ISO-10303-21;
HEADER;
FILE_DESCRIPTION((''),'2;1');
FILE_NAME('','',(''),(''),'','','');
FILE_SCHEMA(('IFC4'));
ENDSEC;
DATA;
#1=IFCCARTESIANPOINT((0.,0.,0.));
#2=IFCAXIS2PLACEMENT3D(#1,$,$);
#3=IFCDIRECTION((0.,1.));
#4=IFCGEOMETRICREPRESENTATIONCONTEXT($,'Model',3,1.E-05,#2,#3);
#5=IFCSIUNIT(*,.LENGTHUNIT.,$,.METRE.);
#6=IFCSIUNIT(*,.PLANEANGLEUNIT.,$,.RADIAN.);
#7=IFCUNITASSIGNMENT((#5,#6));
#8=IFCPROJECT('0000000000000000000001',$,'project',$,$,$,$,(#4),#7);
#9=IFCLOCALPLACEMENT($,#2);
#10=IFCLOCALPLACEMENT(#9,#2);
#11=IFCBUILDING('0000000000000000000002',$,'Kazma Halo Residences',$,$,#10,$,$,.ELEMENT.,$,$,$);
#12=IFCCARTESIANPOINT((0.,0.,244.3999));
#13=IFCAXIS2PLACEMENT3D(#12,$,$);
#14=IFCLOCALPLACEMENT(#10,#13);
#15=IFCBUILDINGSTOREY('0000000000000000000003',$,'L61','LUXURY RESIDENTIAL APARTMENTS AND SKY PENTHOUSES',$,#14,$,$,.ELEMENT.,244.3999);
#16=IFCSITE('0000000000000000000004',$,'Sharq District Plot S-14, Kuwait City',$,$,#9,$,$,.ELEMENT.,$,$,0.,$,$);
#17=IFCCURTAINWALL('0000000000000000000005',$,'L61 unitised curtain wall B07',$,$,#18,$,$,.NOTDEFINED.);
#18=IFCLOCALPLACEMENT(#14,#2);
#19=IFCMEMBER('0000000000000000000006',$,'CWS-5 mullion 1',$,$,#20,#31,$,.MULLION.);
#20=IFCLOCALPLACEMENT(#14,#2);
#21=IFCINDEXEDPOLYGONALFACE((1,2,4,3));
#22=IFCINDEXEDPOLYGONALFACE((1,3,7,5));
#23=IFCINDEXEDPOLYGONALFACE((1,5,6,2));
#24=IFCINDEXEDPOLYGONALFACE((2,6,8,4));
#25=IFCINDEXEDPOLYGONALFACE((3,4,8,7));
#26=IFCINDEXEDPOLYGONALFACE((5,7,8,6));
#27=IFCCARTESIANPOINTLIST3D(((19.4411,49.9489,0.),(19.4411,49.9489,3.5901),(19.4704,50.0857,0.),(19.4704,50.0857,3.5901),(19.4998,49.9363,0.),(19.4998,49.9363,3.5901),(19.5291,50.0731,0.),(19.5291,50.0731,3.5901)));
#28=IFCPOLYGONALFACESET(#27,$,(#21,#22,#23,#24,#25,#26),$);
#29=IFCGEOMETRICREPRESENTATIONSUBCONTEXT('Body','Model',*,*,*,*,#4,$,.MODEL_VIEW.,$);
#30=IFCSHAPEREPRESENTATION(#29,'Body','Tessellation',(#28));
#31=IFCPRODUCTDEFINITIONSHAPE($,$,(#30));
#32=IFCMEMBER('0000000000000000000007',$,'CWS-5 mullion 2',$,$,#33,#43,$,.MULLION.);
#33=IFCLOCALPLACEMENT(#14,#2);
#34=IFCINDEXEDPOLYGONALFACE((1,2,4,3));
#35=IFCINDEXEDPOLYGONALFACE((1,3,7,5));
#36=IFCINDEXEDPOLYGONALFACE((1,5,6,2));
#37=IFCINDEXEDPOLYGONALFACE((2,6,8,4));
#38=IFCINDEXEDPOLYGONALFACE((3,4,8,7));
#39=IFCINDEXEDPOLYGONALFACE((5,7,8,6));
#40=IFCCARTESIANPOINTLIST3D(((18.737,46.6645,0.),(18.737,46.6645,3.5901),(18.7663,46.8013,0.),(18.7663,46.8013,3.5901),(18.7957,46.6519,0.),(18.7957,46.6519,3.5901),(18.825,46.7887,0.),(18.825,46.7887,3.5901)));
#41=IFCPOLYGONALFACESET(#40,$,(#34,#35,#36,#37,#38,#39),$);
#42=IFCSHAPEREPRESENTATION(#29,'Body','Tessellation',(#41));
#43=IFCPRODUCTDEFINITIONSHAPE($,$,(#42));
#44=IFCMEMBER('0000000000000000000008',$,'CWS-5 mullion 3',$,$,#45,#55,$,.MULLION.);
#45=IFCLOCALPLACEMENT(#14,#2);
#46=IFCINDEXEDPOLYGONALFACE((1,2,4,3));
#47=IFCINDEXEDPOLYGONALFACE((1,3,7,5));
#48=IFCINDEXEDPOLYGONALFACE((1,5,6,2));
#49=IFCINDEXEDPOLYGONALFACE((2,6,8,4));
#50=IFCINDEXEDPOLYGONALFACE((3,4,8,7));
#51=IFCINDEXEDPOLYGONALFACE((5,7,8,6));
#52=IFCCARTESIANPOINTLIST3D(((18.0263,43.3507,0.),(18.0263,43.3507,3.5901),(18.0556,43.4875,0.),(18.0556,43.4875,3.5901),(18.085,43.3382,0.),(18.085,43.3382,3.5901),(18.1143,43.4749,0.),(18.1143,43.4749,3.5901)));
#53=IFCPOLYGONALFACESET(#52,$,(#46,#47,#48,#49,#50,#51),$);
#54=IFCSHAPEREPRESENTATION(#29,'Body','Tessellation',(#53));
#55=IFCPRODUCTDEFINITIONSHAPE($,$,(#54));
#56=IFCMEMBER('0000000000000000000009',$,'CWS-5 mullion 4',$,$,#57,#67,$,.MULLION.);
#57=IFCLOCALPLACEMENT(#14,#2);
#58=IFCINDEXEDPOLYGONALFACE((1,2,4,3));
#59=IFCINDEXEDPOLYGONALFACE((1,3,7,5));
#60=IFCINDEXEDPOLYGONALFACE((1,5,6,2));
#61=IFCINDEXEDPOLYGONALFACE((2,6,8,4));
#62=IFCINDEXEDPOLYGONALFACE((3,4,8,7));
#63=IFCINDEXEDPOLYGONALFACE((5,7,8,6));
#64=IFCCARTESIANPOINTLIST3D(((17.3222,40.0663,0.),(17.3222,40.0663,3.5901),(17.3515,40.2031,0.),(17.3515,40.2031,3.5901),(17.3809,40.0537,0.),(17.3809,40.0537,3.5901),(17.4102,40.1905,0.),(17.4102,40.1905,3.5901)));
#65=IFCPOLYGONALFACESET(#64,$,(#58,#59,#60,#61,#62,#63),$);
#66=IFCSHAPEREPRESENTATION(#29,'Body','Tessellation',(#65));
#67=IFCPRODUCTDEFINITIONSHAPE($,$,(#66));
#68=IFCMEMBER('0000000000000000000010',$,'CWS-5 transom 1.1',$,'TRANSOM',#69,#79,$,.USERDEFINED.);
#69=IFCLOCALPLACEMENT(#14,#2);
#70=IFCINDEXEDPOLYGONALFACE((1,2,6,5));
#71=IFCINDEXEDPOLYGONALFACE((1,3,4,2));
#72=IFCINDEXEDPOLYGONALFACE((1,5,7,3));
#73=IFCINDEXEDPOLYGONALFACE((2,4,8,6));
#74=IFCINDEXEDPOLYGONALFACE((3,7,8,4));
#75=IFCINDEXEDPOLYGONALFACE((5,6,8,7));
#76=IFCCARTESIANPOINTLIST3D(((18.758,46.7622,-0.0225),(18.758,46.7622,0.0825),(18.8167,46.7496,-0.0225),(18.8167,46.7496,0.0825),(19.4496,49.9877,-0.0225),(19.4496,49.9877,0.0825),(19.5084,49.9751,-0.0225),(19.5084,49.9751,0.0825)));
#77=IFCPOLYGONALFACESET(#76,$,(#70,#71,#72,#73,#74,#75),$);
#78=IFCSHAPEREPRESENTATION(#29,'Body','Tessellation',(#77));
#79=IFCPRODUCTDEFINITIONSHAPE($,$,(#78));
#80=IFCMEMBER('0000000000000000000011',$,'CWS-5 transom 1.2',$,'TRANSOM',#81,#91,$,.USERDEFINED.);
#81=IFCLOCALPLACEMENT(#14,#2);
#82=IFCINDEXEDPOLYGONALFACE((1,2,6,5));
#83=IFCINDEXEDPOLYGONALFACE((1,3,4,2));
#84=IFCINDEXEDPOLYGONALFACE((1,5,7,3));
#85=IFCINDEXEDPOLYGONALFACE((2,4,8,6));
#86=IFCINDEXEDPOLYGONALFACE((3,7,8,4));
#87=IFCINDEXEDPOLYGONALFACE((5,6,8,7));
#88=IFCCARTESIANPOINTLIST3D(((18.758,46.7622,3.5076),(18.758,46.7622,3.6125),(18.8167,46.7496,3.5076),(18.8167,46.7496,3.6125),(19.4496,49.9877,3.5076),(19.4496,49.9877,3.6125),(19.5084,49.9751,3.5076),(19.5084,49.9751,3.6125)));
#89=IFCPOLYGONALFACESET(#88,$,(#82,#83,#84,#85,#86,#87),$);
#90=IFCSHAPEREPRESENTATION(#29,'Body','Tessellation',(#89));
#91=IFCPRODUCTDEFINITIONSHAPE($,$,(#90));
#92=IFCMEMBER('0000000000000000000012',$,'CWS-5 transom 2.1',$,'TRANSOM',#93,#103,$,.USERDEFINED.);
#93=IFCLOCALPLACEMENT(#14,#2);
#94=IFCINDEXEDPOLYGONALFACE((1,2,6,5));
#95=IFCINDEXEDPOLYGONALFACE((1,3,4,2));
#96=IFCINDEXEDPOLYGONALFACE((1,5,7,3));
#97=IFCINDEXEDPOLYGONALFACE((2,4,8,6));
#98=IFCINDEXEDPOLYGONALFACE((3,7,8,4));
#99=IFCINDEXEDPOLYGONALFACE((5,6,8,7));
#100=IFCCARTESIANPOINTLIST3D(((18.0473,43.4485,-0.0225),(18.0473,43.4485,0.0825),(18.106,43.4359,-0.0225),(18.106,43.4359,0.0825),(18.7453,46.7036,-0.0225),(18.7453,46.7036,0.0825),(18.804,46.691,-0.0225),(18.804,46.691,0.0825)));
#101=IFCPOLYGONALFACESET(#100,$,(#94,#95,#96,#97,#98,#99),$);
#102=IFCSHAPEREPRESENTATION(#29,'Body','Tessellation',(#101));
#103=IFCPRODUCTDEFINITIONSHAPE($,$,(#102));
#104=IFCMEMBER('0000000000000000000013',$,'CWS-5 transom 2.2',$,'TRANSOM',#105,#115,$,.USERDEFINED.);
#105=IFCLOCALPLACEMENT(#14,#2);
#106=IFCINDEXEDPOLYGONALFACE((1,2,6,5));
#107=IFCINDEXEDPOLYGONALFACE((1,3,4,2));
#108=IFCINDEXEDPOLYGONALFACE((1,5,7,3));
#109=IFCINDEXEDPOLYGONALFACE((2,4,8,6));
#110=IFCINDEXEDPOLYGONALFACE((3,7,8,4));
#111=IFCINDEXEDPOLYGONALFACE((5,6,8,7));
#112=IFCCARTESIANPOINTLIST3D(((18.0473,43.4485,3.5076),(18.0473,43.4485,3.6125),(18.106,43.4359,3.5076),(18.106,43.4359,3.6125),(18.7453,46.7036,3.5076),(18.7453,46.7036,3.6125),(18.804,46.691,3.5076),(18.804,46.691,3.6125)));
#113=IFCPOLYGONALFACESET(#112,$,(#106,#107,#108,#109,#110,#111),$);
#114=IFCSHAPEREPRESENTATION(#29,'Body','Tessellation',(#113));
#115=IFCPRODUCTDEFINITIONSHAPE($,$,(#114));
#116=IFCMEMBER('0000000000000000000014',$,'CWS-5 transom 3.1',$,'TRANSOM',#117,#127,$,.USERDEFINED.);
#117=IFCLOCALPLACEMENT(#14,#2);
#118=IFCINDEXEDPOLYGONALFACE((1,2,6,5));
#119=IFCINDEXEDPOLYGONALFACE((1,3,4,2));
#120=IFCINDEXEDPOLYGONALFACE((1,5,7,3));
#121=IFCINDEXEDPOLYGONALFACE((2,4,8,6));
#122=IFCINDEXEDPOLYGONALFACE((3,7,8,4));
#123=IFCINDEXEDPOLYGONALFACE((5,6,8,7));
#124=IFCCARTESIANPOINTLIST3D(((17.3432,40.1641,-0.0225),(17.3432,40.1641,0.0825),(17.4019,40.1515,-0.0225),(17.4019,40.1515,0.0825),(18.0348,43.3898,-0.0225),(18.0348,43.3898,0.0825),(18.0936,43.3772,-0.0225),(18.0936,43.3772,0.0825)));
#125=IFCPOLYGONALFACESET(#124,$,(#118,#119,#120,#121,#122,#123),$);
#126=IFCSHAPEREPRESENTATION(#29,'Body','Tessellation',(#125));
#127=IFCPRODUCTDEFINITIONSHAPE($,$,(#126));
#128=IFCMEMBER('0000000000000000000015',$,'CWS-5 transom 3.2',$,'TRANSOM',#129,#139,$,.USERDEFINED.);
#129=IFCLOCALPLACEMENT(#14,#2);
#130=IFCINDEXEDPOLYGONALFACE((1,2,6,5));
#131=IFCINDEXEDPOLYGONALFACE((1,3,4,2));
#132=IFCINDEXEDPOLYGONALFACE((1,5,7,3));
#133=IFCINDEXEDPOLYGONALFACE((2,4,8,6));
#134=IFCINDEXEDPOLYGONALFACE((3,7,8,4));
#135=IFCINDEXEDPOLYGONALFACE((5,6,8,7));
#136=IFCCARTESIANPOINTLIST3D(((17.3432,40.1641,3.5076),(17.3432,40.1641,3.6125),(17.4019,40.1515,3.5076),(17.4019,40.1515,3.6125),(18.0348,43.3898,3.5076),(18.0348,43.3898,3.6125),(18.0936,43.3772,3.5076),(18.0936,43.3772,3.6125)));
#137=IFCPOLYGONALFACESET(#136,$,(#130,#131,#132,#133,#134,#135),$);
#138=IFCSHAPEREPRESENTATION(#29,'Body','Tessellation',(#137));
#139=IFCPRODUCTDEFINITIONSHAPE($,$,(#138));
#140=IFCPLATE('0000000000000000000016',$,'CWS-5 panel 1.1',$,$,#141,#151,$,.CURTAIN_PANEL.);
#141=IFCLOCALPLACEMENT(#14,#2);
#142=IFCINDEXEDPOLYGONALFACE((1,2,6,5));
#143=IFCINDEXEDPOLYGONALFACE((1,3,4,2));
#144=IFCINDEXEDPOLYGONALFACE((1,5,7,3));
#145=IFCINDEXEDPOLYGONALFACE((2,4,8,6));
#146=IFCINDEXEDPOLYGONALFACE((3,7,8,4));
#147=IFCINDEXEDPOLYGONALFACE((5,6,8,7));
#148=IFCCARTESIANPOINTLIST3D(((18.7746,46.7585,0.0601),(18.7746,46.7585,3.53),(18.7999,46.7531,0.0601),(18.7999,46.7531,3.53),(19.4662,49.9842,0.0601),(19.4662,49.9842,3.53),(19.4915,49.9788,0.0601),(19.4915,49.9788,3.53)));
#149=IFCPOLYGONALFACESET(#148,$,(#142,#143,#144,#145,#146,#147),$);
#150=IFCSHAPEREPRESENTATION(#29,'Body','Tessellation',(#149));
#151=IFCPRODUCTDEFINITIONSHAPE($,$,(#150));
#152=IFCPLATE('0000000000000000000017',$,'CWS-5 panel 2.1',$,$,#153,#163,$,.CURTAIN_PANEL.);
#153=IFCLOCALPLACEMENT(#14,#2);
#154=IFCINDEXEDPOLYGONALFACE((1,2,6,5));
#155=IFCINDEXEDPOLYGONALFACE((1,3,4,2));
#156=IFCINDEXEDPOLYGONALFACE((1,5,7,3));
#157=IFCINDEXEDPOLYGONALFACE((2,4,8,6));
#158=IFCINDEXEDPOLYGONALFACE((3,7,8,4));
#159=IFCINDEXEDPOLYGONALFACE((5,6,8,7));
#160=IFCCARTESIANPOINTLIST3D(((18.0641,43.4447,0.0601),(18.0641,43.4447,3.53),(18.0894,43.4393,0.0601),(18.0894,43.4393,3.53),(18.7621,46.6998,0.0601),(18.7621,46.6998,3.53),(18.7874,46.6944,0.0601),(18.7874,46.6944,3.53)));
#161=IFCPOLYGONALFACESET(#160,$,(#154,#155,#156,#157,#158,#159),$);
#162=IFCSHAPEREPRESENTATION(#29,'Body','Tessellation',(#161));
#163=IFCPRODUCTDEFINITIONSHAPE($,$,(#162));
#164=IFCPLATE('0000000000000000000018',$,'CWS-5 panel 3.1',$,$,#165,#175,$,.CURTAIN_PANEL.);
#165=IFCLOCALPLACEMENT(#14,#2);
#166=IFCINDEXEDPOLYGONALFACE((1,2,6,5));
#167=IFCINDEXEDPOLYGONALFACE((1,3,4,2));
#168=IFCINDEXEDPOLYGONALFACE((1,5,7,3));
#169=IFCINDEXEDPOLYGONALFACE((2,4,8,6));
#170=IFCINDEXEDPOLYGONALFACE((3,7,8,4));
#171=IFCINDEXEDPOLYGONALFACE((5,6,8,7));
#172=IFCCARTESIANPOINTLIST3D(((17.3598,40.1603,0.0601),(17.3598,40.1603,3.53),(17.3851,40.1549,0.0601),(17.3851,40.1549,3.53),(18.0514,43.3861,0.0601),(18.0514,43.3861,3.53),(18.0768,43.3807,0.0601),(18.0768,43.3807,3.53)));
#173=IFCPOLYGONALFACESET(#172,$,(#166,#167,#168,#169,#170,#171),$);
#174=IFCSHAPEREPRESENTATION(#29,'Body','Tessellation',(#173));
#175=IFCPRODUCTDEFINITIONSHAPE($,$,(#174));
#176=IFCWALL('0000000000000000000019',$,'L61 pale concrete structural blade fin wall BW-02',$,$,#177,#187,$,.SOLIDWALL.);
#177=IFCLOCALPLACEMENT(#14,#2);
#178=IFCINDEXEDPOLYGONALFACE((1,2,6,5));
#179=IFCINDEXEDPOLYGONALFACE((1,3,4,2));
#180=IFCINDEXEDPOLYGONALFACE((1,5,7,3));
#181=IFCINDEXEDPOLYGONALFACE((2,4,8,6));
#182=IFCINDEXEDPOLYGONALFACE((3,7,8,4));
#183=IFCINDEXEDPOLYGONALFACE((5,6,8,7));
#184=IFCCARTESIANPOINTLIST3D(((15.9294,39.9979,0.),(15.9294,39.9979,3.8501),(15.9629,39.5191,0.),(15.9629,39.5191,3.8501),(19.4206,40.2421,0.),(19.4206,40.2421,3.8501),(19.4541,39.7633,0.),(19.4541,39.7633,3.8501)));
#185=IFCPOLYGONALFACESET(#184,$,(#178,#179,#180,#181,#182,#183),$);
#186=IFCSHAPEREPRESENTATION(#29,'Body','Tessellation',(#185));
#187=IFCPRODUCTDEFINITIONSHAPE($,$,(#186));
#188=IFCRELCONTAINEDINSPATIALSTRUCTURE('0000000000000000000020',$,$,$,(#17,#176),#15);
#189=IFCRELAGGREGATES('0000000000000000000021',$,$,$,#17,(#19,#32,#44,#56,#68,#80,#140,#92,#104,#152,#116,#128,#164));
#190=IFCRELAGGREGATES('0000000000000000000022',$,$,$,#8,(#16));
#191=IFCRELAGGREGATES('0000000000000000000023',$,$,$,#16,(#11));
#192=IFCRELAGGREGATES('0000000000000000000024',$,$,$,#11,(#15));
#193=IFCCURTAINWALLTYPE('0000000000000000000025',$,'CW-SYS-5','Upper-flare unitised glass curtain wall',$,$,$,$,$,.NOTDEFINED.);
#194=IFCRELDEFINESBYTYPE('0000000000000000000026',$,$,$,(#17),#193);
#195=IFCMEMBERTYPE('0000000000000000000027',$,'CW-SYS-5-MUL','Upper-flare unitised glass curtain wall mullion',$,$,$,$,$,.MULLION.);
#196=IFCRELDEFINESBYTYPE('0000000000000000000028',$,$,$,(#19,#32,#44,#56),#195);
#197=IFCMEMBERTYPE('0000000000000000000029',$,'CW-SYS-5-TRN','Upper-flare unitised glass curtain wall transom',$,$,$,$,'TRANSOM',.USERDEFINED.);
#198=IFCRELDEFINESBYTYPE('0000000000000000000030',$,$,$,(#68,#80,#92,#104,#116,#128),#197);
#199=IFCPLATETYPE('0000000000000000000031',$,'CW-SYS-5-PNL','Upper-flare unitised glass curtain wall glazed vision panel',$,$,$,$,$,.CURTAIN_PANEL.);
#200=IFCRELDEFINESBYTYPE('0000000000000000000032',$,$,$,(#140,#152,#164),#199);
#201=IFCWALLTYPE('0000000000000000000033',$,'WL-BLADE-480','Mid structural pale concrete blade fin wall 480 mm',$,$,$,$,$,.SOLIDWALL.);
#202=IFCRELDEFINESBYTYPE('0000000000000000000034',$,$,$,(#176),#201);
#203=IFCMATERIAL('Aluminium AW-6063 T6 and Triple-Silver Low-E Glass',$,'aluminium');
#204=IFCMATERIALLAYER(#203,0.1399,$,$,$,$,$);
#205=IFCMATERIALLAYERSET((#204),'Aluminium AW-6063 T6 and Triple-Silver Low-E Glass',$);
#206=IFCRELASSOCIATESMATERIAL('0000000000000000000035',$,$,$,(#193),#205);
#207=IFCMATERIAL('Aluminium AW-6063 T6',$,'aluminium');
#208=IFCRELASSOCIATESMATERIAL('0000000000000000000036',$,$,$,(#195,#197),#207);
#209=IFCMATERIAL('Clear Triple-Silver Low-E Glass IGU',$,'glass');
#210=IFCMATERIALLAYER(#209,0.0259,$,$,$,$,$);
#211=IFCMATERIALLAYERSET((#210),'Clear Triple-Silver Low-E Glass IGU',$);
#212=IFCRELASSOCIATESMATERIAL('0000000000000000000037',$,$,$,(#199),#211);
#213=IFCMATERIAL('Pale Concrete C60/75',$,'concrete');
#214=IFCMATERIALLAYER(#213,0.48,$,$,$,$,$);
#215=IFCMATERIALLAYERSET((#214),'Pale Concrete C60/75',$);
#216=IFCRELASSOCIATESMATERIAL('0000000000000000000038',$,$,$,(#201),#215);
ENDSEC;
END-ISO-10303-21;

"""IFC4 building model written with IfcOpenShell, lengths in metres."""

from ifc_helpers import new_model, si_unit, direction, frame, frame_2d, origin, origin_2d, place, context, subcontext, project, spatial, rectangle, extrude, material, layer, layer_set, material_profile, profile_set, type_object, element, aggregate, save


model = new_model("IFC4")

# Units and contexts
model_context = context("Model", 3, precision=1e-05, world=origin(), true_north=direction((0.0, 1.0)))
body_context = subcontext(model_context, "Body", "Model", "MODEL_VIEW")
ifc_project = project(units=[si_unit("LENGTHUNIT", "METRE"), si_unit("PLANEANGLEUNIT", "RADIAN")], contexts=[model_context])

# Site, building, storey
site_placement = place(None, origin())
site = spatial("IfcSite", under=ifc_project, at=site_placement, Name="Sharq District Plot S-14, Kuwait City", CompositionType="ELEMENT", RefElevation=0.0)
building_placement = place(site_placement, origin())
building = spatial("IfcBuilding", under=site, at=building_placement, Name="Kazma Halo Residences", CompositionType="ELEMENT")
storey_placement = place(building_placement, frame((0.0, 0.0, 244.3999)))
storey = spatial("IfcBuildingStorey", under=building, at=storey_placement, Name="L61", Description="LUXURY RESIDENTIAL APARTMENTS AND SKY PENTHOUSES", CompositionType="ELEMENT", Elevation=244.3999)

# Curtain wall, members, plates
ifc_material_1 = material(Name="Aluminium AW-6063 T6 and Triple-Silver Low-E Glass", Category="aluminium")
ifc_layer_1 = layer(ifc_material_1, 0.1399)
ifc_layer_set_1 = layer_set([ifc_layer_1], Name="Aluminium AW-6063 T6 and Triple-Silver Low-E Glass")
curtain_wall_type = type_object("IfcCurtainWallType", Name="CW-SYS-5", Description="Upper-flare unitised glass curtain wall", PredefinedType="NOTDEFINED", material=ifc_layer_set_1)
curtain_wall_placement = place(storey_placement, origin())
curtain_wall = element("IfcCurtainWall", 1, at=curtain_wall_placement, inside=storey, type_object=curtain_wall_type, Name="L61 unitised curtain wall B07", PredefinedType="NOTDEFINED")
ifc_material_2 = material(Name="Aluminium AW-6063 T6", Category="aluminium")
ifc_material_profile_1 = material_profile(ifc_material_2, rectangle(XDim=0.0601, YDim=0.1399, at=origin_2d()), Name="CWM-60x140")
ifc_profile_set_1 = profile_set([ifc_material_profile_1], Name="Aluminium AW-6063 T6")
member_type_1 = type_object("IfcMemberType", Name="CW-SYS-5-MUL", Description="Upper-flare unitised glass curtain wall mullion", PredefinedType="MULLION", material=ifc_profile_set_1)
member_1_placement = place(storey_placement, frame((19.4851, 50.011, 0.0), z_axis=(0.0, 0.0, 1.0), x_axis=(0.977775, -0.209657, 0.0)))
member_1 = element("IfcMember", 2, at=member_1_placement, type_object=member_type_1, Name="CWS-5 mullion 1", PredefinedType="MULLION", context=body_context, shape_type="SweptSolid", body=[
    extrude(rectangle(XDim=0.0601, YDim=0.1399, at=origin_2d()), origin(), (0.0, 0.0, 1.0), 3.5901),
])
member_2_placement = place(storey_placement, frame((18.781, 46.7266, 0.0), z_axis=(0.0, 0.0, 1.0), x_axis=(0.977775, -0.209657, 0.0)))
member_2 = element("IfcMember", 3, at=member_2_placement, type_object=member_type_1, Name="CWS-5 mullion 2", PredefinedType="MULLION", context=body_context, shape_type="SweptSolid", body=[
    extrude(rectangle(XDim=0.0601, YDim=0.1399, at=origin_2d()), origin(), (0.0, 0.0, 1.0), 3.5901),
])
member_3_placement = place(storey_placement, frame((18.0703, 43.4128, 0.0), z_axis=(0.0, 0.0, 1.0), x_axis=(0.977775, -0.209657, 0.0)))
member_3 = element("IfcMember", 4, at=member_3_placement, type_object=member_type_1, Name="CWS-5 mullion 3", PredefinedType="MULLION", context=body_context, shape_type="SweptSolid", body=[
    extrude(rectangle(XDim=0.0601, YDim=0.1399, at=origin_2d()), origin(), (0.0, 0.0, 1.0), 3.5901),
])
member_4_placement = place(storey_placement, frame((17.3662, 40.1284, 0.0), z_axis=(0.0, 0.0, 1.0), x_axis=(0.977775, -0.209657, 0.0)))
member_4 = element("IfcMember", 5, at=member_4_placement, type_object=member_type_1, Name="CWS-5 mullion 4", PredefinedType="MULLION", context=body_context, shape_type="SweptSolid", body=[
    extrude(rectangle(XDim=0.0601, YDim=0.1399, at=origin_2d()), origin(), (0.0, 0.0, 1.0), 3.5901),
])
ifc_material_profile_2 = material_profile(ifc_material_2, rectangle(XDim=0.0601, YDim=0.105, at=origin_2d()), Name="CWT-60x105")
ifc_profile_set_2 = profile_set([ifc_material_profile_2], Name="Aluminium AW-6063 T6")
member_type_2 = type_object("IfcMemberType", Name="CW-SYS-5-TRN", Description="Upper-flare unitised glass curtain wall transom", ElementType="TRANSOM", PredefinedType="USERDEFINED", material=ifc_profile_set_2)
member_5_placement = place(storey_placement, frame((19.479, 49.9814, 0.03), z_axis=(-0.20966, -0.977774, 0.0), x_axis=(0.977774, -0.20966, 0.0)))
member_5 = element("IfcMember", 6, at=member_5_placement, type_object=member_type_2, Name="CWS-5 transom 1.1", ObjectType="TRANSOM", PredefinedType="USERDEFINED", context=body_context, shape_type="SweptSolid", body=[
    extrude(rectangle(XDim=0.0601, YDim=0.105, at=origin_2d()), origin(), (0.0, 0.0, 1.0), 3.2988),
])
member_6_placement = place(storey_placement, frame((19.479, 49.9814, 3.5601), z_axis=(-0.20966, -0.977774, 0.0), x_axis=(0.977774, -0.20966, 0.0)))
member_6 = element("IfcMember", 7, at=member_6_placement, type_object=member_type_2, Name="CWS-5 transom 1.2", ObjectType="TRANSOM", PredefinedType="USERDEFINED", context=body_context, shape_type="SweptSolid", body=[
    extrude(rectangle(XDim=0.0601, YDim=0.105, at=origin_2d()), origin(), (0.0, 0.0, 1.0), 3.2988),
])
member_7_placement = place(storey_placement, frame((18.7747, 46.6973, 0.03), z_axis=(-0.209664, -0.977773, 0.0), x_axis=(0.977773, -0.209664, 0.0)))
member_7 = element("IfcMember", 8, at=member_7_placement, type_object=member_type_2, Name="CWS-5 transom 2.1", ObjectType="TRANSOM", PredefinedType="USERDEFINED", context=body_context, shape_type="SweptSolid", body=[
    extrude(rectangle(XDim=0.0601, YDim=0.105, at=origin_2d()), origin(), (0.0, 0.0, 1.0), 3.3291),
])
member_8_placement = place(storey_placement, frame((18.7747, 46.6973, 3.5601), z_axis=(-0.209664, -0.977773, 0.0), x_axis=(0.977773, -0.209664, 0.0)))
member_8 = element("IfcMember", 9, at=member_8_placement, type_object=member_type_2, Name="CWS-5 transom 2.2", ObjectType="TRANSOM", PredefinedType="USERDEFINED", context=body_context, shape_type="SweptSolid", body=[
    extrude(rectangle(XDim=0.0601, YDim=0.105, at=origin_2d()), origin(), (0.0, 0.0, 1.0), 3.3291),
])
member_9_placement = place(storey_placement, frame((18.0642, 43.3835, 0.03), z_axis=(-0.209645, -0.977777, 0.0), x_axis=(0.977777, -0.209645, 0.0)))
member_9 = element("IfcMember", 10, at=member_9_placement, type_object=member_type_2, Name="CWS-5 transom 3.1", ObjectType="TRANSOM", PredefinedType="USERDEFINED", context=body_context, shape_type="SweptSolid", body=[
    extrude(rectangle(XDim=0.0601, YDim=0.105, at=origin_2d()), origin(), (0.0, 0.0, 1.0), 3.2991),
])
member_10_placement = place(storey_placement, frame((18.0642, 43.3835, 3.5601), z_axis=(-0.209645, -0.977777, 0.0), x_axis=(0.977777, -0.209645, 0.0)))
member_10 = element("IfcMember", 11, at=member_10_placement, type_object=member_type_2, Name="CWS-5 transom 3.2", ObjectType="TRANSOM", PredefinedType="USERDEFINED", context=body_context, shape_type="SweptSolid", body=[
    extrude(rectangle(XDim=0.0601, YDim=0.105, at=origin_2d()), origin(), (0.0, 0.0, 1.0), 3.2991),
])
ifc_material_3 = material(Name="Clear Triple-Silver Low-E Glass IGU", Category="glass")
ifc_layer_2 = layer(ifc_material_3, 0.0259)
ifc_layer_set_2 = layer_set([ifc_layer_2], Name="Clear Triple-Silver Low-E Glass IGU")
plate_type = type_object("IfcPlateType", Name="CW-SYS-5-PNL", Description="Upper-flare unitised glass curtain wall glazed vision panel", PredefinedType="CURTAIN_PANEL", material=ifc_layer_set_2)
plate_1_placement = place(storey_placement, frame((19.1331, 48.3687, 0.0601), z_axis=(0.0, 0.0, 1.0), x_axis=(-0.209657, -0.977775, 0.0)))
plate_1 = element("IfcPlate", 12, at=plate_1_placement, type_object=plate_type, Name="CWS-5 panel 1.1", PredefinedType="CURTAIN_PANEL", context=body_context, shape_type="SweptSolid", body=[
    extrude(rectangle(XDim=3.2991, YDim=0.0259, at=origin_2d()), origin(), (0.0, 0.0, 1.0), 3.47),
])
plate_2_placement = place(storey_placement, frame((18.4258, 45.0696, 0.0601), z_axis=(0.0, 0.0, 1.0), x_axis=(-0.209657, -0.977775, 0.0)))
plate_2 = element("IfcPlate", 13, at=plate_2_placement, type_object=plate_type, Name="CWS-5 panel 2.1", PredefinedType="CURTAIN_PANEL", context=body_context, shape_type="SweptSolid", body=[
    extrude(rectangle(XDim=3.3291, YDim=0.0259, at=origin_2d()), origin(), (0.0, 0.0, 1.0), 3.47),
])
plate_3_placement = place(storey_placement, frame((17.7183, 41.7705, 0.0601), z_axis=(0.0, 0.0, 1.0), x_axis=(-0.209657, -0.977775, 0.0)))
plate_3 = element("IfcPlate", 14, at=plate_3_placement, type_object=plate_type, Name="CWS-5 panel 3.1", PredefinedType="CURTAIN_PANEL", context=body_context, shape_type="SweptSolid", body=[
    extrude(rectangle(XDim=3.2991, YDim=0.0259, at=origin_2d()), origin(), (0.0, 0.0, 1.0), 3.47),
])
aggregate(curtain_wall, [member_1, member_2, member_3, member_4, member_5, member_6, plate_1, member_7, member_8, plate_2, member_9, member_10, plate_3])

# Wall
ifc_material_4 = material(Name="Pale Concrete C60/75", Category="concrete")
ifc_layer_3 = layer(ifc_material_4, 0.48)
ifc_layer_set_3 = layer_set([ifc_layer_3], Name="Pale Concrete C60/75")
wall_type_1 = type_object("IfcWallType", Name="WL-BLADE-480", Description="Mid structural pale concrete blade fin wall 480 mm", PredefinedType="SOLIDWALL", material=ifc_layer_set_3)
wall_1_placement = place(storey_placement, frame((19.4375, 40.0027, 0.0), z_axis=(0.0, 0.0, 1.0), x_axis=(-0.997564, -0.06976, 0.0)))
element("IfcWall", 15, at=wall_1_placement, inside=storey, type_object=wall_type_1, Name="L61 pale concrete structural blade fin wall BW-02", PredefinedType="SOLIDWALL", context=body_context, shape_type="SweptSolid", body=[
    extrude(rectangle(XDim=3.4998, YDim=0.48, at=frame_2d((1.75, 0.0))), origin(), (0.0, 0.0, 1.0), 3.8501),
])

save(model, "model.ifc")
